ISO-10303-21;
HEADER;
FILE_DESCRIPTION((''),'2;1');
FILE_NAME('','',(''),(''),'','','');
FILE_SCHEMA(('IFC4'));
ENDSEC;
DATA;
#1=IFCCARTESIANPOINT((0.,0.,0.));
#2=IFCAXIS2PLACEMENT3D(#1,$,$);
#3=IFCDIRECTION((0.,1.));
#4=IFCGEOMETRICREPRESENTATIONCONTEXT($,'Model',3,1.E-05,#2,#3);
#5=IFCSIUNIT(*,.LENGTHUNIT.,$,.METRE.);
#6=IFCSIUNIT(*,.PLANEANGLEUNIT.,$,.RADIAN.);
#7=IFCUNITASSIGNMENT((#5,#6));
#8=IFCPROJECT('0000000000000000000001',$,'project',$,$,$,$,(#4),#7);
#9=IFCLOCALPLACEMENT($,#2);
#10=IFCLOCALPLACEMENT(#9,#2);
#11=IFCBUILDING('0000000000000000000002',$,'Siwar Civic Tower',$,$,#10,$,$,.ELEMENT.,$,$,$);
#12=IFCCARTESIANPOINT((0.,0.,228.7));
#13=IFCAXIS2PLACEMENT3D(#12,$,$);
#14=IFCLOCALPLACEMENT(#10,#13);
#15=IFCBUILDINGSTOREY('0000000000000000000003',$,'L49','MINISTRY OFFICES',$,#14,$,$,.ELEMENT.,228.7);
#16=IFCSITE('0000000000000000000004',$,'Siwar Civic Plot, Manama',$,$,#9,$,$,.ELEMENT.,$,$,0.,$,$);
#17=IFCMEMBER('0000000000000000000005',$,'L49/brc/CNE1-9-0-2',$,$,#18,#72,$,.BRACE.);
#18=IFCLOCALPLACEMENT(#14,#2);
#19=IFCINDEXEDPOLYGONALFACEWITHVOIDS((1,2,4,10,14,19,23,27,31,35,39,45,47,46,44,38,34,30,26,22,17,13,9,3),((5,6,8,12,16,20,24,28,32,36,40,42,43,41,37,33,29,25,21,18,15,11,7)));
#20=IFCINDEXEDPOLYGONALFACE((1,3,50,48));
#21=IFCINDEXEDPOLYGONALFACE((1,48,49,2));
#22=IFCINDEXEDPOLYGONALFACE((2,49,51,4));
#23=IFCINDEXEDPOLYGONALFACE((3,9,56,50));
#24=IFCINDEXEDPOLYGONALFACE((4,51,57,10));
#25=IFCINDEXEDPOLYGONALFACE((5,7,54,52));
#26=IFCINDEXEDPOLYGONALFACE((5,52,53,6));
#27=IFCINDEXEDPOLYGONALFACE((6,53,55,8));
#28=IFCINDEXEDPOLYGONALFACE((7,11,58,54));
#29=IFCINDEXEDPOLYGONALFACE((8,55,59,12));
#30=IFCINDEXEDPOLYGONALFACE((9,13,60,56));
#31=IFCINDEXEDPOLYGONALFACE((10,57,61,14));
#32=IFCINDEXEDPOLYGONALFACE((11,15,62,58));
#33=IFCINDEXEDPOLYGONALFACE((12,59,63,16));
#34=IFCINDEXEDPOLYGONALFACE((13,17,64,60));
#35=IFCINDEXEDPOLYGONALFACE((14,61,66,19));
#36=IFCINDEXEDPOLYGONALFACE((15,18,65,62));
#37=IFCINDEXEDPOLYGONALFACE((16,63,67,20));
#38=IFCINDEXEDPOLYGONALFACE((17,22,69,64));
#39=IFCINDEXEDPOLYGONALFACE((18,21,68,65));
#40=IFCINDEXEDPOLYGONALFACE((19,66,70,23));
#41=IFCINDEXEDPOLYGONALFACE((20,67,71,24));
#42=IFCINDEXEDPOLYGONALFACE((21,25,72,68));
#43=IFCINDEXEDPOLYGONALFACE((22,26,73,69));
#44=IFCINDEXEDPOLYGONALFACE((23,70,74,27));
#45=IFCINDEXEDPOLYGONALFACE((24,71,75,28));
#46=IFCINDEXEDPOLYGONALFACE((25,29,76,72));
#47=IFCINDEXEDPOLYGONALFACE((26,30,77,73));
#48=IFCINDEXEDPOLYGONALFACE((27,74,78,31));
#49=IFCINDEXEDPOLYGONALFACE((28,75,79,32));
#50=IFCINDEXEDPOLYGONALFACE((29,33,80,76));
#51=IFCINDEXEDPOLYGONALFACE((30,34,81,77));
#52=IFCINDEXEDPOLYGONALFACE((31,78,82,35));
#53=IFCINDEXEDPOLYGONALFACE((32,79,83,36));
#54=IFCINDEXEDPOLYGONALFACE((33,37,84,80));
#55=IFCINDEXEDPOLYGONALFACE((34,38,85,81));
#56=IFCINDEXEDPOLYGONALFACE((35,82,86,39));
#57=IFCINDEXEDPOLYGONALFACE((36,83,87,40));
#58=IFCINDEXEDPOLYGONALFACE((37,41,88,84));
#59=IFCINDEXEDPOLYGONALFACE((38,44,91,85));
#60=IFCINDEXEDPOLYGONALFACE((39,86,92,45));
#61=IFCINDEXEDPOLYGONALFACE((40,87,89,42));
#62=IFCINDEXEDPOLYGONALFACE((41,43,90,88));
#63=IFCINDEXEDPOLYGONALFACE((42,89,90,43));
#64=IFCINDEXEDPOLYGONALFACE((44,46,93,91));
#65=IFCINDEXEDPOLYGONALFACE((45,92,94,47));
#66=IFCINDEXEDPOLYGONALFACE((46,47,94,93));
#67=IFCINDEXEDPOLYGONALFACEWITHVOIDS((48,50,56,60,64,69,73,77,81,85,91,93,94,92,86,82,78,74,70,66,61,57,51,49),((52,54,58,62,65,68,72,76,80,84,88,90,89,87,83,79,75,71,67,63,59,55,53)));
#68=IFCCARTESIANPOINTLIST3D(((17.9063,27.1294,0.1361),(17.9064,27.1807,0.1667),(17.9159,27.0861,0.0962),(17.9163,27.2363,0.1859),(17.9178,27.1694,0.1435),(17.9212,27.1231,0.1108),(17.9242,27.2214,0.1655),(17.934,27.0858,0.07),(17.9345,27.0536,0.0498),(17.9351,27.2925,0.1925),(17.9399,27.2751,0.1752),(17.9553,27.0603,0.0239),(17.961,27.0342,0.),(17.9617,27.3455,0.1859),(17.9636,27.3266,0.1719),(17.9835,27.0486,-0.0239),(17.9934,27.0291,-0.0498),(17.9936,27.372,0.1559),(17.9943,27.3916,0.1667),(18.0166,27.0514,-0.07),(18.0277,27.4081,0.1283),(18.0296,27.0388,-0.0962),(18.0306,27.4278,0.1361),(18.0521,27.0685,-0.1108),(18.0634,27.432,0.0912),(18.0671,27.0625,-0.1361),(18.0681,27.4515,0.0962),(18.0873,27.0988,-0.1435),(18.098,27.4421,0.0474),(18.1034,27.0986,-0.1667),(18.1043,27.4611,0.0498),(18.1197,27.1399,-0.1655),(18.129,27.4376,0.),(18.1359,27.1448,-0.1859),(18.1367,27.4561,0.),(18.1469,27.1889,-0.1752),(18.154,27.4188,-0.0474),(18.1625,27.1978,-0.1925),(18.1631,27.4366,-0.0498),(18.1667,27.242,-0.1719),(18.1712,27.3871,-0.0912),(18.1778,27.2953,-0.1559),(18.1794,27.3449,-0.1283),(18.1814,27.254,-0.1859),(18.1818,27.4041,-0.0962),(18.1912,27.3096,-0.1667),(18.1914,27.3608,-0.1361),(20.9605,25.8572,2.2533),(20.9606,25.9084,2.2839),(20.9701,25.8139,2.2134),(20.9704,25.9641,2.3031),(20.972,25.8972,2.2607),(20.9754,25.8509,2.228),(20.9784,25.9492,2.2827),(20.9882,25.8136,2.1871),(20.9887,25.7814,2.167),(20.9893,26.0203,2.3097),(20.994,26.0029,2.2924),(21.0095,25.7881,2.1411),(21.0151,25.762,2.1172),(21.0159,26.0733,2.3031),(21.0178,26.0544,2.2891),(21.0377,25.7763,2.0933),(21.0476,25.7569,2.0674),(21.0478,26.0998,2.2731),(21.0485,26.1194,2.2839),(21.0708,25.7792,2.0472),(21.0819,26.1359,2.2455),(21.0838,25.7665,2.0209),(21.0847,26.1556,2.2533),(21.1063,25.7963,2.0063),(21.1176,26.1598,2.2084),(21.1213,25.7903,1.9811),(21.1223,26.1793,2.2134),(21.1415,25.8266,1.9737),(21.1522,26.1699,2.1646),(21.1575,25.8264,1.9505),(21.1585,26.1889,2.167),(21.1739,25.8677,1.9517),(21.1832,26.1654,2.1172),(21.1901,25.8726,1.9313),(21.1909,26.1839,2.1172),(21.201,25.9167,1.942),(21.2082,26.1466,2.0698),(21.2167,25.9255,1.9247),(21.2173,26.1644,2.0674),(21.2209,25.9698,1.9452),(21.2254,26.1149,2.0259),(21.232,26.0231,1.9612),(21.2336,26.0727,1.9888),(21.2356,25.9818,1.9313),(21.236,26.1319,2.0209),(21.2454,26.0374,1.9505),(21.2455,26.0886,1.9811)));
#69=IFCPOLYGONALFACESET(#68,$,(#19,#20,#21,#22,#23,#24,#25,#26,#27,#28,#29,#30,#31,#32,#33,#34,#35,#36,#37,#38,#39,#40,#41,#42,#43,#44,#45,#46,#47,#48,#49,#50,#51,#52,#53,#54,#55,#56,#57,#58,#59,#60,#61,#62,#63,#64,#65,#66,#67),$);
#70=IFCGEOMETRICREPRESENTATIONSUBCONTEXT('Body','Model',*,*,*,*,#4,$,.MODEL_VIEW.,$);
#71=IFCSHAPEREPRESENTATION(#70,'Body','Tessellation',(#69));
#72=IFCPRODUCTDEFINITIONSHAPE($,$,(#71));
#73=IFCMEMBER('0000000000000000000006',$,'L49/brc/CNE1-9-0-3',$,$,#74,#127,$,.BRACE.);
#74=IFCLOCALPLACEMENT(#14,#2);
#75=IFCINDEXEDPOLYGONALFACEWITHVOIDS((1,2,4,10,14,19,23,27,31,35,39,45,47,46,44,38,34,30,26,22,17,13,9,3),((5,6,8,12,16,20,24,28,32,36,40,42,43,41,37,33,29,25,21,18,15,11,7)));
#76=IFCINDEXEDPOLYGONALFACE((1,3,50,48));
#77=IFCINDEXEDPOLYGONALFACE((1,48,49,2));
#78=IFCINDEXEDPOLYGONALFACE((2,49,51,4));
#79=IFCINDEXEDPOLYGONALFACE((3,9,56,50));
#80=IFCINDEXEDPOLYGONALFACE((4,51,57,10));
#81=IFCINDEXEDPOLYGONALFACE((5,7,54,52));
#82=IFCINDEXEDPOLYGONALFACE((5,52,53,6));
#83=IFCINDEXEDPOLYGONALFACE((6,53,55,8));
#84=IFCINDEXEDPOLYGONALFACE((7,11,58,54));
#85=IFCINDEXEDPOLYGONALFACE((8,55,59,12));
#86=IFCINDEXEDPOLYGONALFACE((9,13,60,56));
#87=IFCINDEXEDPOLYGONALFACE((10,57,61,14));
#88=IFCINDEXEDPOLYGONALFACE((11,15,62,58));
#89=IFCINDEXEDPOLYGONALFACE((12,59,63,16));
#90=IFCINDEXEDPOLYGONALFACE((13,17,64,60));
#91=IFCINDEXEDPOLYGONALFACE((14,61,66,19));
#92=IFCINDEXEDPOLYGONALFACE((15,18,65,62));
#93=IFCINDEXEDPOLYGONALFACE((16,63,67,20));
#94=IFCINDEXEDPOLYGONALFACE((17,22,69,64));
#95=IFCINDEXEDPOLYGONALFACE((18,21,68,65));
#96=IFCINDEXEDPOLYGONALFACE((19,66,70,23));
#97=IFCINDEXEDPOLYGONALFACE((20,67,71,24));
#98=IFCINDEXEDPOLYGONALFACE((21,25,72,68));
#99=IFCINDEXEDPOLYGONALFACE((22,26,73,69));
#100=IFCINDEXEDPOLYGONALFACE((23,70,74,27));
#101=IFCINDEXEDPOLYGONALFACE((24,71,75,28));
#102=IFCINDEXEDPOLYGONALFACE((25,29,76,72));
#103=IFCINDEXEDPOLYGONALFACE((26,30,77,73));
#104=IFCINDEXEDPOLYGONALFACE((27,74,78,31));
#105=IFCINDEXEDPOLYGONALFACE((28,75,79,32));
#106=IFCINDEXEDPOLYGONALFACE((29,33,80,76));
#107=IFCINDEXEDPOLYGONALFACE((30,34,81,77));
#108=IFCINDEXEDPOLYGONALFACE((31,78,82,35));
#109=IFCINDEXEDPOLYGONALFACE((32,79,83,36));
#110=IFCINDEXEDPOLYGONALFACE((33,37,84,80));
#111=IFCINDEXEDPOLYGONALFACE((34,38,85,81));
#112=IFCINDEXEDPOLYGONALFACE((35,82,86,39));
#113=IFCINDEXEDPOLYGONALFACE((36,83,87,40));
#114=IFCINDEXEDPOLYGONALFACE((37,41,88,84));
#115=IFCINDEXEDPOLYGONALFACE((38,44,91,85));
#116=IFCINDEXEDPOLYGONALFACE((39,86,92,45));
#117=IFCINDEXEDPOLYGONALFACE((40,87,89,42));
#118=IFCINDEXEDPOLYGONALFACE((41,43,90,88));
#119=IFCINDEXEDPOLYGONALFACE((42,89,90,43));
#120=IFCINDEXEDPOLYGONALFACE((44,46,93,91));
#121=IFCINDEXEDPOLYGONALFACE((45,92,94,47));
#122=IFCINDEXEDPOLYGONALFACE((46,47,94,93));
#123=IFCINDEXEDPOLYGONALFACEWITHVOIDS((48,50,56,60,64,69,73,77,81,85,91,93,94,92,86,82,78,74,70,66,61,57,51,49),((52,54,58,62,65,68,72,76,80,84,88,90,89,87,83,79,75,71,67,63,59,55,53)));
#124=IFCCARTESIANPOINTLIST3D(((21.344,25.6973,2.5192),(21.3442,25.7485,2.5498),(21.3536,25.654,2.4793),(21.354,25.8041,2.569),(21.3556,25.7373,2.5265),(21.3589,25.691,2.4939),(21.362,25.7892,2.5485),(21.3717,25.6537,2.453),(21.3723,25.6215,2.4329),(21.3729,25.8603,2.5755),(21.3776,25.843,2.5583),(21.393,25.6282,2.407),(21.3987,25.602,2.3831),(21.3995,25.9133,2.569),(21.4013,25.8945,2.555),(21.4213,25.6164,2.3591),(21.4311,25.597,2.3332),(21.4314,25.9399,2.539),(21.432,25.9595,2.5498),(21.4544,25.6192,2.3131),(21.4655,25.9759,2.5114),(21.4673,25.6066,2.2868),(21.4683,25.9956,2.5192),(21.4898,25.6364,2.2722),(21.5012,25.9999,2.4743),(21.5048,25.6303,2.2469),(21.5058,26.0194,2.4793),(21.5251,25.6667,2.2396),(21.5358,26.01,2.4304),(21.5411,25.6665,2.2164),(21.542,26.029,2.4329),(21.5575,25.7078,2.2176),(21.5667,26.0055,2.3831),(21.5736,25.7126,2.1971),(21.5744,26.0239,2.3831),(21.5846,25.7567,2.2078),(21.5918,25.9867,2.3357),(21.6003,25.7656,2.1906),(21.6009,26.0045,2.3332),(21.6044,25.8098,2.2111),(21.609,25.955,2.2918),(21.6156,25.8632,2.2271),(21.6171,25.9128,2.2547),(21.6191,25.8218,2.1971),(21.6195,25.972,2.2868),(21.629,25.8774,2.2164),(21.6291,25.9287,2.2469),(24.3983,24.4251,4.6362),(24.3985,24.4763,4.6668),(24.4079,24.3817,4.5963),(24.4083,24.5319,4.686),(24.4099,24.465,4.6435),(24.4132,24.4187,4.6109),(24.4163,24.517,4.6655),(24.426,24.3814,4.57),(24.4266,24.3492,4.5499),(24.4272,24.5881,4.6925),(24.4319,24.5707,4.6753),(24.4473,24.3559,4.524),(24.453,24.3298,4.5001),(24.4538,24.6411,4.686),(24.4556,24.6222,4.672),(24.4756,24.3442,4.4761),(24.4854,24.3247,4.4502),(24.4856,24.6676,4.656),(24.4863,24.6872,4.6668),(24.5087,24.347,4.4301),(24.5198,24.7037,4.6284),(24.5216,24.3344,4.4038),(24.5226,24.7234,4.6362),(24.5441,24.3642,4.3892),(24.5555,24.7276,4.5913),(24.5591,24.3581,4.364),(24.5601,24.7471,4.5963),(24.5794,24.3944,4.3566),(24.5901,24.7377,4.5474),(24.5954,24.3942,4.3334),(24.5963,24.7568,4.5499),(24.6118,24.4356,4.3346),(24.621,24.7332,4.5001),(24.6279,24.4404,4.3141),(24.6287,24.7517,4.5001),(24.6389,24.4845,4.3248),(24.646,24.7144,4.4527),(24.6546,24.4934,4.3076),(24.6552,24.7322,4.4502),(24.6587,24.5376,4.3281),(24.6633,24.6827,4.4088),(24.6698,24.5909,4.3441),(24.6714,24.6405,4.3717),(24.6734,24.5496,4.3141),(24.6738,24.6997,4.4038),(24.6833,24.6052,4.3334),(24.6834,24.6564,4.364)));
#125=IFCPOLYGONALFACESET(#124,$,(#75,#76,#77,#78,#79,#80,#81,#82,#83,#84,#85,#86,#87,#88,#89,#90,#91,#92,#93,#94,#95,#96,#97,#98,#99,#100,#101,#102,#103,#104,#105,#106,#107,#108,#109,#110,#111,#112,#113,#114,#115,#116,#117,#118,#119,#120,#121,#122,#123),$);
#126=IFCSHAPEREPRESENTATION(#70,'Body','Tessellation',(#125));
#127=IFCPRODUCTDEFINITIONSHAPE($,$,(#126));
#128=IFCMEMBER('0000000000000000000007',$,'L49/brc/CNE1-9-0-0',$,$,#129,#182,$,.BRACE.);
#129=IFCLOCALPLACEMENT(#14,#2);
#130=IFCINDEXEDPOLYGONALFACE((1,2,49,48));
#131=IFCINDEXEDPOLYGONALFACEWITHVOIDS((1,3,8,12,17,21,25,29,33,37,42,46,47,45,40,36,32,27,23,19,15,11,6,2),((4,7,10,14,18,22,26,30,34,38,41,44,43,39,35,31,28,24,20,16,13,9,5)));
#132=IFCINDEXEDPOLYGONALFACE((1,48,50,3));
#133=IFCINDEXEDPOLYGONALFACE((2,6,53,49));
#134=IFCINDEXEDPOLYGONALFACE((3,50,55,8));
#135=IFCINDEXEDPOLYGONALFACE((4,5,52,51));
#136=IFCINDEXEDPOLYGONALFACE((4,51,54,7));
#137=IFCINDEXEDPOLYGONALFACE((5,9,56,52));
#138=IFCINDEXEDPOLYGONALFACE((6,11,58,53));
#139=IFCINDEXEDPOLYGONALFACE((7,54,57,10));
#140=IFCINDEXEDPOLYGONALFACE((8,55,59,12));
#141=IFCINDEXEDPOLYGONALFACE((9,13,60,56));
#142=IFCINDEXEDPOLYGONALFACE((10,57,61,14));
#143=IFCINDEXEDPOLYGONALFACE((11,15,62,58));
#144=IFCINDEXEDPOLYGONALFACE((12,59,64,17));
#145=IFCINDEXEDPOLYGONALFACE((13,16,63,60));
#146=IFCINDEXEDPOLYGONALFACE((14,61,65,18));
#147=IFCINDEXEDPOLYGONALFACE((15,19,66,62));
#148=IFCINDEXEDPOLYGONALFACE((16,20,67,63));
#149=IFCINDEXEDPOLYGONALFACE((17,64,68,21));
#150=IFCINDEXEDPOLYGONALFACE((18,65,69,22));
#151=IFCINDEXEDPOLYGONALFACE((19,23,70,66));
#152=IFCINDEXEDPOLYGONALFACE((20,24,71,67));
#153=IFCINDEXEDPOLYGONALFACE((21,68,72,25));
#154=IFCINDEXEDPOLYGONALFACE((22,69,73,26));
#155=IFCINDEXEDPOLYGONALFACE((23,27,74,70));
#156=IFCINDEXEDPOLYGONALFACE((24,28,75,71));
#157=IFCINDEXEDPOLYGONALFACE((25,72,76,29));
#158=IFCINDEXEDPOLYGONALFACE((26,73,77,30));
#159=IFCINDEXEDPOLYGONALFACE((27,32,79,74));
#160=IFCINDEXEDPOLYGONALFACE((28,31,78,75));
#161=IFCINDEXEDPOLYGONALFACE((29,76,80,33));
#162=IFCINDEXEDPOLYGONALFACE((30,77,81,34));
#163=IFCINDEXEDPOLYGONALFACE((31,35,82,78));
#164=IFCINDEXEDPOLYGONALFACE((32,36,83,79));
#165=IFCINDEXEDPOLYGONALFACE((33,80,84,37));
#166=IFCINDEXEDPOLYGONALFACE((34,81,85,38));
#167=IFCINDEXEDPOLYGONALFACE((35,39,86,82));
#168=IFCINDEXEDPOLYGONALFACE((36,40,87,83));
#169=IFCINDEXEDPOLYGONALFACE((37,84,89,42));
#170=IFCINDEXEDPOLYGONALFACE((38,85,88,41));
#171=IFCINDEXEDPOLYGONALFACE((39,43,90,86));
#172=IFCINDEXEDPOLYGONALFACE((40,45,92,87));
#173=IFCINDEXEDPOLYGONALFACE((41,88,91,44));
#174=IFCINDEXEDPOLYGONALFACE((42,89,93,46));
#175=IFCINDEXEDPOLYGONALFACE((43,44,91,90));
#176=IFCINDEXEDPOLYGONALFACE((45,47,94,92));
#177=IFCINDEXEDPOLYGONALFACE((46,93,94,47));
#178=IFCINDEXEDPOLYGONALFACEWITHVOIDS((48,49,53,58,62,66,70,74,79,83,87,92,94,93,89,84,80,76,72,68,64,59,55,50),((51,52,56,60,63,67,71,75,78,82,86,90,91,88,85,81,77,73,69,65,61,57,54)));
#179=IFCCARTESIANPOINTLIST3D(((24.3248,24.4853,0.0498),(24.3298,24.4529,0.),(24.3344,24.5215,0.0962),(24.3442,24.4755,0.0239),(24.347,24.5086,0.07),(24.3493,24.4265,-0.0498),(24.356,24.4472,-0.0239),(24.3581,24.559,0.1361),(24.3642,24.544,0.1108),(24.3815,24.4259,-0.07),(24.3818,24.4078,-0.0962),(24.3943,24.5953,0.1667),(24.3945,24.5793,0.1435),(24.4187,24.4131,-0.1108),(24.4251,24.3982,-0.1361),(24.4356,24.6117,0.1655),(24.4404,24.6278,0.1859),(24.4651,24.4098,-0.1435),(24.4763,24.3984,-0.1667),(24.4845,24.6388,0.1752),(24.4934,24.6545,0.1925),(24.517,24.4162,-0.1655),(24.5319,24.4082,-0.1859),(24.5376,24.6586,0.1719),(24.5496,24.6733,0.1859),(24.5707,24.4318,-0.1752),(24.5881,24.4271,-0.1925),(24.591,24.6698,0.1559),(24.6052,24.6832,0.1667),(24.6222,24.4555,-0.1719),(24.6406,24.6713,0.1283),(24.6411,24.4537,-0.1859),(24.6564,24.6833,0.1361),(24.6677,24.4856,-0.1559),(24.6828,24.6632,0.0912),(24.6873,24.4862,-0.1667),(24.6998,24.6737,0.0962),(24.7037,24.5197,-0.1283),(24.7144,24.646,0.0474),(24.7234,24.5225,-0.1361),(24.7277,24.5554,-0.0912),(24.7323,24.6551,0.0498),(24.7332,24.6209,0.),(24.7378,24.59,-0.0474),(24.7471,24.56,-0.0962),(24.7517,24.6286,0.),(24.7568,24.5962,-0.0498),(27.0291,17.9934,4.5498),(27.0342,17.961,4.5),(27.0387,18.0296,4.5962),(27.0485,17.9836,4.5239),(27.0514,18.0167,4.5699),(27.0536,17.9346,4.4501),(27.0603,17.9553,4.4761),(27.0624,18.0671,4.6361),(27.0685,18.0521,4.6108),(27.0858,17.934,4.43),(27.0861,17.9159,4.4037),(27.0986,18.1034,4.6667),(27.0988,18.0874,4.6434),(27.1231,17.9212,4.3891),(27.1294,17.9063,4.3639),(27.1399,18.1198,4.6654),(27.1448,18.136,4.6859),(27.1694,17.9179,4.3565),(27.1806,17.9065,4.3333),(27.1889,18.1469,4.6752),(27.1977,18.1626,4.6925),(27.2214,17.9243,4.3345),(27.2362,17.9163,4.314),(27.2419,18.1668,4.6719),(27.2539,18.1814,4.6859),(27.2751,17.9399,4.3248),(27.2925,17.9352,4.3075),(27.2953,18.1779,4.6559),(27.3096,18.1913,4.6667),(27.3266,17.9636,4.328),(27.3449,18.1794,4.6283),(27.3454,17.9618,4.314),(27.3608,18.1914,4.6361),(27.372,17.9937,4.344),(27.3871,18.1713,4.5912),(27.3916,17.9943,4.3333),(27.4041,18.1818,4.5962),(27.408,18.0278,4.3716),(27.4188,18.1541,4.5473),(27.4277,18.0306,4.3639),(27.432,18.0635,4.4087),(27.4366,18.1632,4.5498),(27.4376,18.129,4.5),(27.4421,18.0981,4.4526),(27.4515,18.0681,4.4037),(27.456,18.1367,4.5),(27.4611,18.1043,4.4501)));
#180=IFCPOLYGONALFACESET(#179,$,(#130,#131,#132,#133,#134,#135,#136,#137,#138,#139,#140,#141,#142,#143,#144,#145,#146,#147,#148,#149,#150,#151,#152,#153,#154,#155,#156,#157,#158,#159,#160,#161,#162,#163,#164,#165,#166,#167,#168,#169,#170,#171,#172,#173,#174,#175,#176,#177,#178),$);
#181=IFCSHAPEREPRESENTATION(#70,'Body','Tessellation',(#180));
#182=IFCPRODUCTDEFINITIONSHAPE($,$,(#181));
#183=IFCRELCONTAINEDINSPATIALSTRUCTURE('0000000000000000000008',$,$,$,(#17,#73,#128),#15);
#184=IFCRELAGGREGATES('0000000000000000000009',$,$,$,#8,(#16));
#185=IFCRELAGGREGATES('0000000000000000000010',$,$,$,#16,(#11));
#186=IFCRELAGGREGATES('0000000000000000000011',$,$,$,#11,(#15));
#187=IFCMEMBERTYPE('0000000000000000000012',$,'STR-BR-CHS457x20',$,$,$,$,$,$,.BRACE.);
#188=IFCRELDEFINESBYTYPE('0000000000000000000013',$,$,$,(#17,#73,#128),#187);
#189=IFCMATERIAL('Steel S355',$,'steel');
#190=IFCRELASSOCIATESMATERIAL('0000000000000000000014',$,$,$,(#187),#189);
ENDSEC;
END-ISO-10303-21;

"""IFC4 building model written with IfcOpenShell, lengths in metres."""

from ifc_helpers import new_model, si_unit, direction, frame, origin, origin_2d, place, context, subcontext, project, spatial, hollow_circle, extrude, material, material_profile, profile_set, type_object, element, save


model = new_model("IFC4")

# Units and contexts
model_context = context("Model", 3, precision=1e-05, world=origin(), true_north=direction((0.0, 1.0)))
body_context = subcontext(model_context, "Body", "Model", "MODEL_VIEW")
ifc_project = project(units=[si_unit("LENGTHUNIT", "METRE"), si_unit("PLANEANGLEUNIT", "RADIAN")], contexts=[model_context])

# Site, building, storey
site_placement = place(None, origin())
site = spatial("IfcSite", under=ifc_project, at=site_placement, Name="Siwar Civic Plot, Manama", CompositionType="ELEMENT", RefElevation=0.0)
building_placement = place(site_placement, origin())
building = spatial("IfcBuilding", under=site, at=building_placement, Name="Siwar Civic Tower", CompositionType="ELEMENT")
storey_placement = place(building_placement, frame((0.0, 0.0, 228.7)))
storey = spatial("IfcBuildingStorey", under=building, at=storey_placement, Name="L49", Description="MINISTRY OFFICES", CompositionType="ELEMENT", Elevation=228.7)

# Members
ifc_material_1 = material(Name="Steel S355", Category="steel")
ifc_material_profile_1 = material_profile(ifc_material_1, hollow_circle(Radius=0.2285, WallThickness=0.02, at=origin_2d()), Name="CHS457x20")
ifc_profile_set_1 = profile_set([ifc_material_profile_1], Name="Steel S355")
member_type_1 = type_object("IfcMemberType", Name="STR-BR-CHS457x20", PredefinedType="BRACE", material=ifc_profile_set_1)
for number, where, z_axis, x_axis, name in (
    (1, (18.0488, 27.2451, 0.0), (0.777546, -0.323884, 0.538999), (0.384521, 0.923116, 0.0), "L49/brc/CNE1-9-0-2"),
    (2, (21.4866, 25.813, 2.3831), (0.777572, -0.323895, 0.538955), (0.384521, 0.923116, 0.0), "L49/brc/CNE1-9-0-3"),
):
    element("IfcMember", number, at=place(storey_placement, frame(where, z_axis=z_axis, x_axis=x_axis)), inside=storey, type_object=member_type_1, Name=name, PredefinedType="BRACE", context=body_context, shape_type="SweptSolid", body=[
        extrude(hollow_circle(Radius=0.2285, WallThickness=0.02, at=origin_2d()), origin(), (0.0, 0.0, 1.0), 3.928),
    ])
member_1_placement = place(storey_placement, frame((24.5408, 24.5408, 0.0), z_axis=(0.323906, -0.777555, 0.538975), x_axis=(0.923109, 0.384539, 0.0)))
element("IfcMember", 3, at=member_1_placement, inside=storey, type_object=member_type_1, Name="L49/brc/CNE1-9-0-0", PredefinedType="BRACE", context=body_context, shape_type="SweptSolid", body=[
    extrude(hollow_circle(Radius=0.2285, WallThickness=0.02, at=origin_2d()), origin(), (0.0, 0.0, 1.0), 8.3491),
])

save(model, "model.ifc")
